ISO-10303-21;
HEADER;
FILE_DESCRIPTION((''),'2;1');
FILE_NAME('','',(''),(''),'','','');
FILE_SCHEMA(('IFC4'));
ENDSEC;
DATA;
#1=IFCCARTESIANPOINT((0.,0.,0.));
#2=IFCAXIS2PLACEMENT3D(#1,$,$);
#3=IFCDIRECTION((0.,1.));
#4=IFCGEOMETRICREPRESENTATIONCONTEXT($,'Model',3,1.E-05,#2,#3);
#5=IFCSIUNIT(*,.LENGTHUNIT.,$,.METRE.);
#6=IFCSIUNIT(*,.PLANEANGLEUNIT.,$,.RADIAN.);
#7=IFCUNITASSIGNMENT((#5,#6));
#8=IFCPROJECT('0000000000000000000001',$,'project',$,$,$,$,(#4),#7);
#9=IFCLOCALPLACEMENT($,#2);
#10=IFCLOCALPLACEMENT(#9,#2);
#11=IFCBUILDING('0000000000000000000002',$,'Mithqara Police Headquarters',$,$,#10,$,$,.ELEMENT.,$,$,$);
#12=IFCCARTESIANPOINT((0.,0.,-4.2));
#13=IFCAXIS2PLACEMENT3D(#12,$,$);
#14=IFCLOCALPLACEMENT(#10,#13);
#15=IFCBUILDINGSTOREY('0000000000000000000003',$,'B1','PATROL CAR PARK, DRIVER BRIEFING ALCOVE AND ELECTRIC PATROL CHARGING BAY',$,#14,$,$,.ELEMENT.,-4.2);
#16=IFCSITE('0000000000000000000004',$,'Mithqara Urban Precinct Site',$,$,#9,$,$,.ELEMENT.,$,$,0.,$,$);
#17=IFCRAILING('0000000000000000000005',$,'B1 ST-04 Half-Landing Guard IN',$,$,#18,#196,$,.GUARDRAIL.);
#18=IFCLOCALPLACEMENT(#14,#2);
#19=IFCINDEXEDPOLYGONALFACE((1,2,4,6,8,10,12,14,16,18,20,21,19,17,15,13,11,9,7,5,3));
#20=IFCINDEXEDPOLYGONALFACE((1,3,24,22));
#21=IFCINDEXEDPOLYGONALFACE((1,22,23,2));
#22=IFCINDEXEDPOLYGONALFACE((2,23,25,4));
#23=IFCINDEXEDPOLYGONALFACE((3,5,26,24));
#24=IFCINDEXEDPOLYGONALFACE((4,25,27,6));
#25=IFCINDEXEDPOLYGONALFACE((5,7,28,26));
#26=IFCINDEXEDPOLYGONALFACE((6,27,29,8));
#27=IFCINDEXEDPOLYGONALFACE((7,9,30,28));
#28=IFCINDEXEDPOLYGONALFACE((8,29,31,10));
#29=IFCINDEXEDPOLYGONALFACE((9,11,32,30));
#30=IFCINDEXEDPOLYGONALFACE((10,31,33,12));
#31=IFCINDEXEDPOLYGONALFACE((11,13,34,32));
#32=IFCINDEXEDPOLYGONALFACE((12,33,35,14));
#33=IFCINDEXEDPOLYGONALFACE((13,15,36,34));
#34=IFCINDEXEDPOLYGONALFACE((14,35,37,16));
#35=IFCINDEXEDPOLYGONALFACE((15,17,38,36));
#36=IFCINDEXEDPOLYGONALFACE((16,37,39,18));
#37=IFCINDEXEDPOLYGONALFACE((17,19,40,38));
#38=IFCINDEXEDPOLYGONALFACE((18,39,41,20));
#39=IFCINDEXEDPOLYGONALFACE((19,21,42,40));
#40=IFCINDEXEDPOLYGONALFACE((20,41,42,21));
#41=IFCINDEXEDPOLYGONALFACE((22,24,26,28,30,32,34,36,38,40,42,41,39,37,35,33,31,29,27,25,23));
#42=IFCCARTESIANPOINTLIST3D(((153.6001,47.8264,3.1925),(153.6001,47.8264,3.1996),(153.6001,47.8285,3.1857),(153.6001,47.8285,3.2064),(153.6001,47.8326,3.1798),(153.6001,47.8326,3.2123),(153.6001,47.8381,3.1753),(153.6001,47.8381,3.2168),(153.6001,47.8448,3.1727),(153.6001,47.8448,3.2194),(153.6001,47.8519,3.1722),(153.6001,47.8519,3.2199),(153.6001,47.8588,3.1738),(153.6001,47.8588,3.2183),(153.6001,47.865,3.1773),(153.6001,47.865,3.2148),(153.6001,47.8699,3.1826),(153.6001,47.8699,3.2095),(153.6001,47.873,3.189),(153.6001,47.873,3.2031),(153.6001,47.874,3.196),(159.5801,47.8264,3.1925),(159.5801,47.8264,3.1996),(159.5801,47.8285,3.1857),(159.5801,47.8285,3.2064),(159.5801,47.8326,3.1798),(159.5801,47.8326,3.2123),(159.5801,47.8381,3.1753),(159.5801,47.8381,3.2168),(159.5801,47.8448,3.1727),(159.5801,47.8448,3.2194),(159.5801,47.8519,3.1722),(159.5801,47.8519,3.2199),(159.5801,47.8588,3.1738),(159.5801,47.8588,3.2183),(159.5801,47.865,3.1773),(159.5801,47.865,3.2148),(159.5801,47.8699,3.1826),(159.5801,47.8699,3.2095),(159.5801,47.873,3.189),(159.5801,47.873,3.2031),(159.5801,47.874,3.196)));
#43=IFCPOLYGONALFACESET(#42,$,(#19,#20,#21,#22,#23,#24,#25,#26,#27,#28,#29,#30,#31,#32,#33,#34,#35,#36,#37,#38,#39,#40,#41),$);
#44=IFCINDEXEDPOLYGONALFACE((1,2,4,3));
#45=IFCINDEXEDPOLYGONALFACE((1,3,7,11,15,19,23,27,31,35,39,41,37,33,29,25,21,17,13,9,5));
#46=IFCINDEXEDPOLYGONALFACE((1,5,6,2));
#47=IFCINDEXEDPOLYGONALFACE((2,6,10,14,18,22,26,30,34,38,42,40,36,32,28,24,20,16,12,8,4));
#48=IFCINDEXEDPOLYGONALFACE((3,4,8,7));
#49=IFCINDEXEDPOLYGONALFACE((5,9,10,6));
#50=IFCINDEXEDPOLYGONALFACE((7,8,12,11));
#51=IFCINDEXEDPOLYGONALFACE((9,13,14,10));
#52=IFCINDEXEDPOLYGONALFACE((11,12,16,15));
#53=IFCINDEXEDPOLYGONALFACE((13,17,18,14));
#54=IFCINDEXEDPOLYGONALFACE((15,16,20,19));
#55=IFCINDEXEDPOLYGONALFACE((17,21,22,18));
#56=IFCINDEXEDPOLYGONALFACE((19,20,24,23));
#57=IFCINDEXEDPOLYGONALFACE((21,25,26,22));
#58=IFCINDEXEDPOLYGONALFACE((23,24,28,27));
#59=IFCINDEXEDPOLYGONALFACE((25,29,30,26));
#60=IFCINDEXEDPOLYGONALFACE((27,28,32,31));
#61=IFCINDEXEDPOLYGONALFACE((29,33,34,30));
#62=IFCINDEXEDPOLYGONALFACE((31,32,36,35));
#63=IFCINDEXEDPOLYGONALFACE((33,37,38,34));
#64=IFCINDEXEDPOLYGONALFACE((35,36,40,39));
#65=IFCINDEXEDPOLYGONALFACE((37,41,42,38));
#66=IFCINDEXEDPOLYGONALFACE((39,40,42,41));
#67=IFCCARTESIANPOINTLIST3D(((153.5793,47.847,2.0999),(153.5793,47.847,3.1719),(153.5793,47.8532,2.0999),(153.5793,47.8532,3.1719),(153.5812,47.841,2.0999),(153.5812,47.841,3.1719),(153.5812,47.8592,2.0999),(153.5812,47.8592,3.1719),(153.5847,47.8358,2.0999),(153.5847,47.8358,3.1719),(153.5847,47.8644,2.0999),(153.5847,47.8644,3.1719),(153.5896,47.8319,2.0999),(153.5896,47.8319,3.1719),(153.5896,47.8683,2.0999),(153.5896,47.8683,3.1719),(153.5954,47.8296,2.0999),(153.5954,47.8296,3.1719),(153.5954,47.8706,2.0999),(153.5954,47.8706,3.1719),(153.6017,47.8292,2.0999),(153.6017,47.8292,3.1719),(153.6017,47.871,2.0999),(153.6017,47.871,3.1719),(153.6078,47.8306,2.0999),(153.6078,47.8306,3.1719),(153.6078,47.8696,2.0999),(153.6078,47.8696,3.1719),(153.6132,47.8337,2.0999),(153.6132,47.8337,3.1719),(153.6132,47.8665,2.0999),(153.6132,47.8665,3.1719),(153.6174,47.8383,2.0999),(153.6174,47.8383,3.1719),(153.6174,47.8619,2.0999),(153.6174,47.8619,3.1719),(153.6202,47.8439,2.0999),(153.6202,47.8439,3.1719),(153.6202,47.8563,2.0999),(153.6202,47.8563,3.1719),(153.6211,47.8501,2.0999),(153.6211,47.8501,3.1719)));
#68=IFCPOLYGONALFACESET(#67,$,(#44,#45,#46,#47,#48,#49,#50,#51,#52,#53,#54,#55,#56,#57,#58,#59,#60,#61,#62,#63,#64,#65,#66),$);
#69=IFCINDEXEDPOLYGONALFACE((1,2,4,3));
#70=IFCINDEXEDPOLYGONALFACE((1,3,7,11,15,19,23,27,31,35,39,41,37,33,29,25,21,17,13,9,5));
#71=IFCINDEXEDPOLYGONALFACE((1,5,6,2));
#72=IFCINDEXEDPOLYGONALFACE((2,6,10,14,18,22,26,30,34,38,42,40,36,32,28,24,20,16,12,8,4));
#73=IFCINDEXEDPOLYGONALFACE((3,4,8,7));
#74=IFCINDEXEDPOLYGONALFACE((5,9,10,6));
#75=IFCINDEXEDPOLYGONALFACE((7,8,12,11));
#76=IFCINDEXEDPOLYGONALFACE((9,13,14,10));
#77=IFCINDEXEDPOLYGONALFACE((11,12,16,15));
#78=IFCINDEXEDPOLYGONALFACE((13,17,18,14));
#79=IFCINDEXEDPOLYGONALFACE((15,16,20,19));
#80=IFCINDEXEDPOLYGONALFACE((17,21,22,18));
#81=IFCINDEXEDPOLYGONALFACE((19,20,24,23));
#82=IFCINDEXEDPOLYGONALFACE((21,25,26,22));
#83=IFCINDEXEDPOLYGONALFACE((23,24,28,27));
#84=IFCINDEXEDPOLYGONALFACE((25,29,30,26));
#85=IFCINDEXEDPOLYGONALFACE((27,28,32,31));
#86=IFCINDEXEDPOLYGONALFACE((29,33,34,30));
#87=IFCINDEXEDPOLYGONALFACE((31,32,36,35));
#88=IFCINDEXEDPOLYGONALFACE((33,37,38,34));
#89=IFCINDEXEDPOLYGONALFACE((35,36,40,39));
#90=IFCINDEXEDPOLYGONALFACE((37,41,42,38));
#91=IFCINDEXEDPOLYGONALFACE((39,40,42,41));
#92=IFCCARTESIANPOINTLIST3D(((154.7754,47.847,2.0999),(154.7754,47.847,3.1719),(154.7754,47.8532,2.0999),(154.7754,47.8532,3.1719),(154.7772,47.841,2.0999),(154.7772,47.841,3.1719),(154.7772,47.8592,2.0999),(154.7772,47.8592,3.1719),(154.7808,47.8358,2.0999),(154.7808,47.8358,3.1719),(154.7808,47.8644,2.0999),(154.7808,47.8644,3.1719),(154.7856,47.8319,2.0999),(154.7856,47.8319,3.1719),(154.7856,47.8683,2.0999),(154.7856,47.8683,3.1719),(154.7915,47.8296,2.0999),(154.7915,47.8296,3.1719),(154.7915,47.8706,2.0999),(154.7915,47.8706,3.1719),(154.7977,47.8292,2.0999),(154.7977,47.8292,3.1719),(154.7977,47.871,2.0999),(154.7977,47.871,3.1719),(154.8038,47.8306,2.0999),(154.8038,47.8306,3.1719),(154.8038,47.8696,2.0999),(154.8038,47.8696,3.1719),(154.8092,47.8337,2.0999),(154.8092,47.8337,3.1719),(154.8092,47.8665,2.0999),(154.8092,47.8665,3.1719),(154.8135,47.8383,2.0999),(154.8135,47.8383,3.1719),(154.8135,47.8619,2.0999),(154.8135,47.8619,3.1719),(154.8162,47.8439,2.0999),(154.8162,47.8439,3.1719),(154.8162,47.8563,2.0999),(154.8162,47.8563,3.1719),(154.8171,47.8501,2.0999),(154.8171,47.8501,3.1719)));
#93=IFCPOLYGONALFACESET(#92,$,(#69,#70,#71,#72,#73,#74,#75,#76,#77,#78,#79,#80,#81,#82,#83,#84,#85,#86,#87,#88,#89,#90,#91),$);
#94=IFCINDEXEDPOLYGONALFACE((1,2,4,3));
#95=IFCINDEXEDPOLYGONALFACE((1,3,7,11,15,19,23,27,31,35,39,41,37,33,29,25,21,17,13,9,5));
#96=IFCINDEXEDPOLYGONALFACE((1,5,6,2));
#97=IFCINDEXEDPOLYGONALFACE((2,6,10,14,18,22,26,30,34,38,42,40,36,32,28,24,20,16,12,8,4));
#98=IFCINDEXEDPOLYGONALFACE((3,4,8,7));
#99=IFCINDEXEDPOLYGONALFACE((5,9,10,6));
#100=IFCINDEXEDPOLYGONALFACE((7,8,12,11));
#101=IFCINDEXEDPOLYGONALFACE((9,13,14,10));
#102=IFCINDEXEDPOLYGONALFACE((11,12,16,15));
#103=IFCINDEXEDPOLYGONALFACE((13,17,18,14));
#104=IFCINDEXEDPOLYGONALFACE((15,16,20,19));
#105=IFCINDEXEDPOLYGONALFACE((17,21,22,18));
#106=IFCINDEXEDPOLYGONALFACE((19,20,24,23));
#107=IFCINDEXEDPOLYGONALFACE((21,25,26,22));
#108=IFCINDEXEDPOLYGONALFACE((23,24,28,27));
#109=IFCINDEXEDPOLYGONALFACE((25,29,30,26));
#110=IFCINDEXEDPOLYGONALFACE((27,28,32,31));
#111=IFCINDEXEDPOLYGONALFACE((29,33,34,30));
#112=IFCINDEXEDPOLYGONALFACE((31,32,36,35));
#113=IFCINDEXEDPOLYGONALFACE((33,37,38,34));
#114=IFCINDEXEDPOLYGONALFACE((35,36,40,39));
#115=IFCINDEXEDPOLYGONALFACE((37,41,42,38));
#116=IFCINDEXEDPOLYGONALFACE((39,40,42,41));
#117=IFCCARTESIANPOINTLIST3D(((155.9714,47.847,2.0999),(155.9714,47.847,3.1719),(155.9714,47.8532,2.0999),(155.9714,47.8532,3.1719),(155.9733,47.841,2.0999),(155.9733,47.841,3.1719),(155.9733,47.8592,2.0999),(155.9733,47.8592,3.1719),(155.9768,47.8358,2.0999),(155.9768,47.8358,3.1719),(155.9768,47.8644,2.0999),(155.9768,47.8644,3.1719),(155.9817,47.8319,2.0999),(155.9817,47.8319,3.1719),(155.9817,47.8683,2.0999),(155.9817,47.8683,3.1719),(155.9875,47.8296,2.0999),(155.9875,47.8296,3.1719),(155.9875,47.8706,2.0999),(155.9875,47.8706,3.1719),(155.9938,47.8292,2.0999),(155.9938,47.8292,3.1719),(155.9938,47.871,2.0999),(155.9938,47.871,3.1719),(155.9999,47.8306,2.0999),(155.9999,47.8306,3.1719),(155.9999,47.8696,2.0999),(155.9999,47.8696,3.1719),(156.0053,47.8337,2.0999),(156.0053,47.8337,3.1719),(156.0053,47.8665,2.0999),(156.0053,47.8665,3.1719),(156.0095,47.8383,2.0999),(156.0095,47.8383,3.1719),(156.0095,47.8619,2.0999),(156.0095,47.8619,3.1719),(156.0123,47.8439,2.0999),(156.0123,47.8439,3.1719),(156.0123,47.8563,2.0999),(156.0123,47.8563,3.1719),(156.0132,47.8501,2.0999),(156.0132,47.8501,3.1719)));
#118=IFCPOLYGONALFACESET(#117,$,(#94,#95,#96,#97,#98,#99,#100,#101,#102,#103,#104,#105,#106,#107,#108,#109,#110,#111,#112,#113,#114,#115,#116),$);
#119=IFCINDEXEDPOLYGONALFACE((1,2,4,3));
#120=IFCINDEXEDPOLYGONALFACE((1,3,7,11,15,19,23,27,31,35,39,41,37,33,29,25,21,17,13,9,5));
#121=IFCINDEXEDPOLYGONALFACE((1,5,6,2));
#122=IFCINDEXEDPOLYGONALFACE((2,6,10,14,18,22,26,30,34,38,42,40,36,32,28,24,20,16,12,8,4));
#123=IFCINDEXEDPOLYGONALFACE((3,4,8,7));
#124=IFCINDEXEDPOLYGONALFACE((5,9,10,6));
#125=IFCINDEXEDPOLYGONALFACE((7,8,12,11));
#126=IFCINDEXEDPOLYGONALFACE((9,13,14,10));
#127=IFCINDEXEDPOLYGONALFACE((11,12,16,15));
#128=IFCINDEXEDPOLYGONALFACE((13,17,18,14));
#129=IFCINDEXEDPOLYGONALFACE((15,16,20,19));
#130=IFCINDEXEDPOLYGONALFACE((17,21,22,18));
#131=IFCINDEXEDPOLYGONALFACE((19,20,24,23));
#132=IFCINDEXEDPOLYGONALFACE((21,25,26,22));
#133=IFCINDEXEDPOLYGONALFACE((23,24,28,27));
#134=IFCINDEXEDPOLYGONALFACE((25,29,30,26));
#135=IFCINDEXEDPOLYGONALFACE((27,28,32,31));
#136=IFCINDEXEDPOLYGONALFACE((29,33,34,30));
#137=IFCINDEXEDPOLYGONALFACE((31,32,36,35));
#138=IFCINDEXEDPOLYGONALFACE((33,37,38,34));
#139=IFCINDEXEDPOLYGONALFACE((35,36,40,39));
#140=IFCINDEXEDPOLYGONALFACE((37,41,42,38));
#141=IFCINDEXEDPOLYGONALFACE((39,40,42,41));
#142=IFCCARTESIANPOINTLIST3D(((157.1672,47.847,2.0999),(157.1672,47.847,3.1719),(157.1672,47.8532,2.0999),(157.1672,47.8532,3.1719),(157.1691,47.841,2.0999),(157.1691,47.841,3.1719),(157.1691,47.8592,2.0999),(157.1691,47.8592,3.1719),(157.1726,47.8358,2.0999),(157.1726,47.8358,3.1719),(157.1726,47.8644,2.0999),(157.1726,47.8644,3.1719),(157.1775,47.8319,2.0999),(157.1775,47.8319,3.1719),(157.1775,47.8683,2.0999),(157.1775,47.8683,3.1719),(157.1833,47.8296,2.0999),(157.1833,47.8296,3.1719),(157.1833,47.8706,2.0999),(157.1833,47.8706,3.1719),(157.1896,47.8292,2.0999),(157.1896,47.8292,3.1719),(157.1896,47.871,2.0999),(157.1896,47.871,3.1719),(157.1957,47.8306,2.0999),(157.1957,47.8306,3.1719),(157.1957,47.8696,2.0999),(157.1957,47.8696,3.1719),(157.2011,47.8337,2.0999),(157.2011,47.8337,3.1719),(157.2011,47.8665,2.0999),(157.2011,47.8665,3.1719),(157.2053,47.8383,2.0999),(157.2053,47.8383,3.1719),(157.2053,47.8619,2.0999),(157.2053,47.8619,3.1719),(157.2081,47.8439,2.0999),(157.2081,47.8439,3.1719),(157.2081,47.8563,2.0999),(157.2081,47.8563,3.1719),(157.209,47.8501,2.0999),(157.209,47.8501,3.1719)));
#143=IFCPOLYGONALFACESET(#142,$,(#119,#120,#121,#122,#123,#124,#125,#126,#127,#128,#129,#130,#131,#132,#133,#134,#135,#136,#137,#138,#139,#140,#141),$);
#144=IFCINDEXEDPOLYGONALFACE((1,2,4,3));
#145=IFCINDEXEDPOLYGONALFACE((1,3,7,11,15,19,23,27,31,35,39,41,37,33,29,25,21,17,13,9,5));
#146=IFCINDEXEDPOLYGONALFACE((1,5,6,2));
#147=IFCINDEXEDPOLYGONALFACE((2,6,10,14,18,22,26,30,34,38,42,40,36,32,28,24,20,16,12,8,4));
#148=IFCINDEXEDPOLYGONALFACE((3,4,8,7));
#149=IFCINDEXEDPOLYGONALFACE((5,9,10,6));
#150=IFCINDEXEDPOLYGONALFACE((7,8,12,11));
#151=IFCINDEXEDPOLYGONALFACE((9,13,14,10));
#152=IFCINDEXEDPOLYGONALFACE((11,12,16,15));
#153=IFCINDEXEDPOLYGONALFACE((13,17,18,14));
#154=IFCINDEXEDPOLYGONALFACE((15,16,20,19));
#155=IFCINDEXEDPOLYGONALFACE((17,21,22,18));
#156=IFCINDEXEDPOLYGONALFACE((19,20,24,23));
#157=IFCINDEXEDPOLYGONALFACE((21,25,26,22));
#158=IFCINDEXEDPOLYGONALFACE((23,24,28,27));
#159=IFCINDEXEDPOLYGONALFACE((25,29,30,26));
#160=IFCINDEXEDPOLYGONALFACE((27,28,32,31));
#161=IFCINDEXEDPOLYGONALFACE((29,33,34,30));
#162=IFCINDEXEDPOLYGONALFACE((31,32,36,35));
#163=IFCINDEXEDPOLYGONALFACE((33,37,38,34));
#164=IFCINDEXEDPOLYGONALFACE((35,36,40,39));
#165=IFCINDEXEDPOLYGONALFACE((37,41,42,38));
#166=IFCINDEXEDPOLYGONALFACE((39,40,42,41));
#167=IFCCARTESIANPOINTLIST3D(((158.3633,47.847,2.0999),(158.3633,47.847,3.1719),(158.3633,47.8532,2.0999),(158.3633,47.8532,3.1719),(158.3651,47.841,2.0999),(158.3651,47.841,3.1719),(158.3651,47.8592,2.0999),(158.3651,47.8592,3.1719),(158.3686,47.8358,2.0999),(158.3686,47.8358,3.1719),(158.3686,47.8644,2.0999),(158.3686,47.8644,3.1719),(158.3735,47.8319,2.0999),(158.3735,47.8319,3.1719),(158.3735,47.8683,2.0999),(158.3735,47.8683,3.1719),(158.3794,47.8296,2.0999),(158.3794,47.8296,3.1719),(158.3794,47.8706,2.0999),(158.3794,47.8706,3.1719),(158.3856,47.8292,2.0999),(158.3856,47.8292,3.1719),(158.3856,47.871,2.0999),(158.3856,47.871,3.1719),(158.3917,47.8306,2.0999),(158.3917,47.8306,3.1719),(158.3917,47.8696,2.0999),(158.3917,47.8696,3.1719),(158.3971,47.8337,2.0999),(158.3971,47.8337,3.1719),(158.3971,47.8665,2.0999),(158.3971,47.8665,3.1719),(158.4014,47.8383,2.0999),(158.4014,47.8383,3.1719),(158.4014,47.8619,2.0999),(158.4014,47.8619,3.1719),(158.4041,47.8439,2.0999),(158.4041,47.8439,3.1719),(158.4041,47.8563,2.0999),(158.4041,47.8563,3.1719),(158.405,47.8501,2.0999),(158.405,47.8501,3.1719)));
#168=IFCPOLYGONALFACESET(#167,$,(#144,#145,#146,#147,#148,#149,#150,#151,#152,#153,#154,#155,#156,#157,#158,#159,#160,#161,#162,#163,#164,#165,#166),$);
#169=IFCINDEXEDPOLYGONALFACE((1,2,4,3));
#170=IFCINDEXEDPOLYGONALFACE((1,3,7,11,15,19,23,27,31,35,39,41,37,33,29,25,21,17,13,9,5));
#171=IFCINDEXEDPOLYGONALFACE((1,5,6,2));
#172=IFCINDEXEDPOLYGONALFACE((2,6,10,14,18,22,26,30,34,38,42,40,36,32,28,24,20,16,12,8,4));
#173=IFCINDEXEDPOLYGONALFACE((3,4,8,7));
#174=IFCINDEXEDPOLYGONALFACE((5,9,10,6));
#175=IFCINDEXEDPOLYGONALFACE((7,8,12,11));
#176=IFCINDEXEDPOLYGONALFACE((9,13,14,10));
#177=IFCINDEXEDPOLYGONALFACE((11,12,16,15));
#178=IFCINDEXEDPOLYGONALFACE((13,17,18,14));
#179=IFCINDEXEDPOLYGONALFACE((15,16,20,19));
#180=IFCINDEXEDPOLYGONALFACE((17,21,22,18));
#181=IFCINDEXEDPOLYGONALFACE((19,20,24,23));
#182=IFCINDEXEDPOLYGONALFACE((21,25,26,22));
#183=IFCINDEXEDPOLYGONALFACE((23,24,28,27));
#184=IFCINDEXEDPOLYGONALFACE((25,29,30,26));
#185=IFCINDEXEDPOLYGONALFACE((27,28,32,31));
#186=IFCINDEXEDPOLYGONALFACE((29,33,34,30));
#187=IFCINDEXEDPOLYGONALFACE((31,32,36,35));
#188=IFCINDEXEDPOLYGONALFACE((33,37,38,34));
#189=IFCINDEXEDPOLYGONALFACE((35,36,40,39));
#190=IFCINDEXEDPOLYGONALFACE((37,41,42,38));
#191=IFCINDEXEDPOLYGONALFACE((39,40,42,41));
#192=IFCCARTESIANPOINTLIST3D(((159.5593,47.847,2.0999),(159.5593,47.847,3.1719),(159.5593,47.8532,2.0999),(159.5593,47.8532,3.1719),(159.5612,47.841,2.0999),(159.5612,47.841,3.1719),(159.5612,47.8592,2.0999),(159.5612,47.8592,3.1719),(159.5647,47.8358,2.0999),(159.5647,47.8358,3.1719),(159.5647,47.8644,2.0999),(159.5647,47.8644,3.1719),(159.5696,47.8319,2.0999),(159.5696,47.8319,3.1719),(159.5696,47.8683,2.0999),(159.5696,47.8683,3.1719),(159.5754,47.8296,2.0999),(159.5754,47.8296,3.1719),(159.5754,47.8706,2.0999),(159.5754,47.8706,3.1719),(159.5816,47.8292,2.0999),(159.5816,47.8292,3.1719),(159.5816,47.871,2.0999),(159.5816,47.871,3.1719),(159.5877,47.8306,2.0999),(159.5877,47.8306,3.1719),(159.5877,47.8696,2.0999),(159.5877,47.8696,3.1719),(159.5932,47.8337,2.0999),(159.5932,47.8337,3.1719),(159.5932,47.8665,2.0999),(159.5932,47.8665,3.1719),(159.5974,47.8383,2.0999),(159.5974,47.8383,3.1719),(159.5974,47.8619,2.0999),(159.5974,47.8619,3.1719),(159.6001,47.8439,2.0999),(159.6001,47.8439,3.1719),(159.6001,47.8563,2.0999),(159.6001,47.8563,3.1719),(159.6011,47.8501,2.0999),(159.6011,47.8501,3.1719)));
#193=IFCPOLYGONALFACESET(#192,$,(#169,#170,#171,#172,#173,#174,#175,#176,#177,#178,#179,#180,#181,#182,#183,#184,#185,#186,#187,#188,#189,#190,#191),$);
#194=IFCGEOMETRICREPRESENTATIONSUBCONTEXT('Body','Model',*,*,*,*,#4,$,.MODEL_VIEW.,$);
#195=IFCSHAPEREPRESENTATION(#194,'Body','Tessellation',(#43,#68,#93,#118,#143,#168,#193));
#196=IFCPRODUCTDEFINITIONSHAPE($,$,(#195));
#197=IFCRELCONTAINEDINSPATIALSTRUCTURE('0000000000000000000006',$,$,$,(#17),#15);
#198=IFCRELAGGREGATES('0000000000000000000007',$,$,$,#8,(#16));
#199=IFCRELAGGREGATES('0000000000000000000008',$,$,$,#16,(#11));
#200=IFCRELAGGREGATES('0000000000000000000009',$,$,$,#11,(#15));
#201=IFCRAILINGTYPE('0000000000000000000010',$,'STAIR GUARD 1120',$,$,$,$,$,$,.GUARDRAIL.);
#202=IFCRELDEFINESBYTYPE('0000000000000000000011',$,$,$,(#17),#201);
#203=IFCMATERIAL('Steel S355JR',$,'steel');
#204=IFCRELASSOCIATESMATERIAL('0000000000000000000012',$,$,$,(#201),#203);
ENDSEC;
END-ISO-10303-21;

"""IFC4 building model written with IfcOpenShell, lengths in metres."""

from ifc_helpers import new_model, si_unit, direction, frame, origin, origin_2d, place, context, subcontext, project, spatial, circle, extrude, material, type_object, element, save


model = new_model("IFC4")

# Units and contexts
model_context = context("Model", 3, precision=1e-05, world=origin(), true_north=direction((0.0, 1.0)))
body_context = subcontext(model_context, "Body", "Model", "MODEL_VIEW")
ifc_project = project(units=[si_unit("LENGTHUNIT", "METRE"), si_unit("PLANEANGLEUNIT", "RADIAN")], contexts=[model_context])

# Site, building, storey
site_placement = place(None, origin())
site = spatial("IfcSite", under=ifc_project, at=site_placement, Name="Mithqara Urban Precinct Site", CompositionType="ELEMENT", RefElevation=0.0)
building_placement = place(site_placement, origin())
building = spatial("IfcBuilding", under=site, at=building_placement, Name="Mithqara Police Headquarters", CompositionType="ELEMENT")
storey_placement = place(building_placement, frame((0.0, 0.0, -4.2)))
storey = spatial("IfcBuildingStorey", under=building, at=storey_placement, Name="B1", Description="PATROL CAR PARK, DRIVER BRIEFING ALCOVE AND ELECTRIC PATROL CHARGING BAY", CompositionType="ELEMENT", Elevation=-4.2)

# Shared definitions
ifc_material_1 = material(Name="Steel S355JR", Category="steel")

# Railing
railing_type = type_object("IfcRailingType", Name="STAIR GUARD 1120", PredefinedType="GUARDRAIL", material=ifc_material_1)
railing_placement = place(storey_placement, frame((153.6001, 47.8501, 2.0999)))
element("IfcRailing", 1, at=railing_placement, inside=storey, type_object=railing_type, Name="B1 ST-04 Half-Landing Guard IN", PredefinedType="GUARDRAIL", context=body_context, shape_type="SweptSolid", body=[
    extrude(circle(Radius=0.0239, at=origin_2d()), frame((0.0, 0.0, 1.0962), z_axis=(1.0, 0.0, 0.0), x_axis=(0.0, 1.0, 0.0)), (0.0, 0.0, 1.0), 5.98),
    extrude(circle(Radius=0.021, at=origin_2d()), origin(), (0.0, 0.0, 1.0), 1.072),
    extrude(circle(Radius=0.021, at=origin_2d()), frame((1.196, 0.0, 0.0)), (0.0, 0.0, 1.0), 1.072),
    extrude(circle(Radius=0.021, at=origin_2d()), frame((2.3921, 0.0, 0.0)), (0.0, 0.0, 1.0), 1.072),
    extrude(circle(Radius=0.021, at=origin_2d()), frame((3.5879, 0.0, 0.0)), (0.0, 0.0, 1.0), 1.072),
    extrude(circle(Radius=0.021, at=origin_2d()), frame((4.7839, 0.0, 0.0)), (0.0, 0.0, 1.0), 1.072),
    extrude(circle(Radius=0.021, at=origin_2d()), frame((5.98, 0.0, 0.0)), (0.0, 0.0, 1.0), 1.072),
])

save(model, "model.ifc")
